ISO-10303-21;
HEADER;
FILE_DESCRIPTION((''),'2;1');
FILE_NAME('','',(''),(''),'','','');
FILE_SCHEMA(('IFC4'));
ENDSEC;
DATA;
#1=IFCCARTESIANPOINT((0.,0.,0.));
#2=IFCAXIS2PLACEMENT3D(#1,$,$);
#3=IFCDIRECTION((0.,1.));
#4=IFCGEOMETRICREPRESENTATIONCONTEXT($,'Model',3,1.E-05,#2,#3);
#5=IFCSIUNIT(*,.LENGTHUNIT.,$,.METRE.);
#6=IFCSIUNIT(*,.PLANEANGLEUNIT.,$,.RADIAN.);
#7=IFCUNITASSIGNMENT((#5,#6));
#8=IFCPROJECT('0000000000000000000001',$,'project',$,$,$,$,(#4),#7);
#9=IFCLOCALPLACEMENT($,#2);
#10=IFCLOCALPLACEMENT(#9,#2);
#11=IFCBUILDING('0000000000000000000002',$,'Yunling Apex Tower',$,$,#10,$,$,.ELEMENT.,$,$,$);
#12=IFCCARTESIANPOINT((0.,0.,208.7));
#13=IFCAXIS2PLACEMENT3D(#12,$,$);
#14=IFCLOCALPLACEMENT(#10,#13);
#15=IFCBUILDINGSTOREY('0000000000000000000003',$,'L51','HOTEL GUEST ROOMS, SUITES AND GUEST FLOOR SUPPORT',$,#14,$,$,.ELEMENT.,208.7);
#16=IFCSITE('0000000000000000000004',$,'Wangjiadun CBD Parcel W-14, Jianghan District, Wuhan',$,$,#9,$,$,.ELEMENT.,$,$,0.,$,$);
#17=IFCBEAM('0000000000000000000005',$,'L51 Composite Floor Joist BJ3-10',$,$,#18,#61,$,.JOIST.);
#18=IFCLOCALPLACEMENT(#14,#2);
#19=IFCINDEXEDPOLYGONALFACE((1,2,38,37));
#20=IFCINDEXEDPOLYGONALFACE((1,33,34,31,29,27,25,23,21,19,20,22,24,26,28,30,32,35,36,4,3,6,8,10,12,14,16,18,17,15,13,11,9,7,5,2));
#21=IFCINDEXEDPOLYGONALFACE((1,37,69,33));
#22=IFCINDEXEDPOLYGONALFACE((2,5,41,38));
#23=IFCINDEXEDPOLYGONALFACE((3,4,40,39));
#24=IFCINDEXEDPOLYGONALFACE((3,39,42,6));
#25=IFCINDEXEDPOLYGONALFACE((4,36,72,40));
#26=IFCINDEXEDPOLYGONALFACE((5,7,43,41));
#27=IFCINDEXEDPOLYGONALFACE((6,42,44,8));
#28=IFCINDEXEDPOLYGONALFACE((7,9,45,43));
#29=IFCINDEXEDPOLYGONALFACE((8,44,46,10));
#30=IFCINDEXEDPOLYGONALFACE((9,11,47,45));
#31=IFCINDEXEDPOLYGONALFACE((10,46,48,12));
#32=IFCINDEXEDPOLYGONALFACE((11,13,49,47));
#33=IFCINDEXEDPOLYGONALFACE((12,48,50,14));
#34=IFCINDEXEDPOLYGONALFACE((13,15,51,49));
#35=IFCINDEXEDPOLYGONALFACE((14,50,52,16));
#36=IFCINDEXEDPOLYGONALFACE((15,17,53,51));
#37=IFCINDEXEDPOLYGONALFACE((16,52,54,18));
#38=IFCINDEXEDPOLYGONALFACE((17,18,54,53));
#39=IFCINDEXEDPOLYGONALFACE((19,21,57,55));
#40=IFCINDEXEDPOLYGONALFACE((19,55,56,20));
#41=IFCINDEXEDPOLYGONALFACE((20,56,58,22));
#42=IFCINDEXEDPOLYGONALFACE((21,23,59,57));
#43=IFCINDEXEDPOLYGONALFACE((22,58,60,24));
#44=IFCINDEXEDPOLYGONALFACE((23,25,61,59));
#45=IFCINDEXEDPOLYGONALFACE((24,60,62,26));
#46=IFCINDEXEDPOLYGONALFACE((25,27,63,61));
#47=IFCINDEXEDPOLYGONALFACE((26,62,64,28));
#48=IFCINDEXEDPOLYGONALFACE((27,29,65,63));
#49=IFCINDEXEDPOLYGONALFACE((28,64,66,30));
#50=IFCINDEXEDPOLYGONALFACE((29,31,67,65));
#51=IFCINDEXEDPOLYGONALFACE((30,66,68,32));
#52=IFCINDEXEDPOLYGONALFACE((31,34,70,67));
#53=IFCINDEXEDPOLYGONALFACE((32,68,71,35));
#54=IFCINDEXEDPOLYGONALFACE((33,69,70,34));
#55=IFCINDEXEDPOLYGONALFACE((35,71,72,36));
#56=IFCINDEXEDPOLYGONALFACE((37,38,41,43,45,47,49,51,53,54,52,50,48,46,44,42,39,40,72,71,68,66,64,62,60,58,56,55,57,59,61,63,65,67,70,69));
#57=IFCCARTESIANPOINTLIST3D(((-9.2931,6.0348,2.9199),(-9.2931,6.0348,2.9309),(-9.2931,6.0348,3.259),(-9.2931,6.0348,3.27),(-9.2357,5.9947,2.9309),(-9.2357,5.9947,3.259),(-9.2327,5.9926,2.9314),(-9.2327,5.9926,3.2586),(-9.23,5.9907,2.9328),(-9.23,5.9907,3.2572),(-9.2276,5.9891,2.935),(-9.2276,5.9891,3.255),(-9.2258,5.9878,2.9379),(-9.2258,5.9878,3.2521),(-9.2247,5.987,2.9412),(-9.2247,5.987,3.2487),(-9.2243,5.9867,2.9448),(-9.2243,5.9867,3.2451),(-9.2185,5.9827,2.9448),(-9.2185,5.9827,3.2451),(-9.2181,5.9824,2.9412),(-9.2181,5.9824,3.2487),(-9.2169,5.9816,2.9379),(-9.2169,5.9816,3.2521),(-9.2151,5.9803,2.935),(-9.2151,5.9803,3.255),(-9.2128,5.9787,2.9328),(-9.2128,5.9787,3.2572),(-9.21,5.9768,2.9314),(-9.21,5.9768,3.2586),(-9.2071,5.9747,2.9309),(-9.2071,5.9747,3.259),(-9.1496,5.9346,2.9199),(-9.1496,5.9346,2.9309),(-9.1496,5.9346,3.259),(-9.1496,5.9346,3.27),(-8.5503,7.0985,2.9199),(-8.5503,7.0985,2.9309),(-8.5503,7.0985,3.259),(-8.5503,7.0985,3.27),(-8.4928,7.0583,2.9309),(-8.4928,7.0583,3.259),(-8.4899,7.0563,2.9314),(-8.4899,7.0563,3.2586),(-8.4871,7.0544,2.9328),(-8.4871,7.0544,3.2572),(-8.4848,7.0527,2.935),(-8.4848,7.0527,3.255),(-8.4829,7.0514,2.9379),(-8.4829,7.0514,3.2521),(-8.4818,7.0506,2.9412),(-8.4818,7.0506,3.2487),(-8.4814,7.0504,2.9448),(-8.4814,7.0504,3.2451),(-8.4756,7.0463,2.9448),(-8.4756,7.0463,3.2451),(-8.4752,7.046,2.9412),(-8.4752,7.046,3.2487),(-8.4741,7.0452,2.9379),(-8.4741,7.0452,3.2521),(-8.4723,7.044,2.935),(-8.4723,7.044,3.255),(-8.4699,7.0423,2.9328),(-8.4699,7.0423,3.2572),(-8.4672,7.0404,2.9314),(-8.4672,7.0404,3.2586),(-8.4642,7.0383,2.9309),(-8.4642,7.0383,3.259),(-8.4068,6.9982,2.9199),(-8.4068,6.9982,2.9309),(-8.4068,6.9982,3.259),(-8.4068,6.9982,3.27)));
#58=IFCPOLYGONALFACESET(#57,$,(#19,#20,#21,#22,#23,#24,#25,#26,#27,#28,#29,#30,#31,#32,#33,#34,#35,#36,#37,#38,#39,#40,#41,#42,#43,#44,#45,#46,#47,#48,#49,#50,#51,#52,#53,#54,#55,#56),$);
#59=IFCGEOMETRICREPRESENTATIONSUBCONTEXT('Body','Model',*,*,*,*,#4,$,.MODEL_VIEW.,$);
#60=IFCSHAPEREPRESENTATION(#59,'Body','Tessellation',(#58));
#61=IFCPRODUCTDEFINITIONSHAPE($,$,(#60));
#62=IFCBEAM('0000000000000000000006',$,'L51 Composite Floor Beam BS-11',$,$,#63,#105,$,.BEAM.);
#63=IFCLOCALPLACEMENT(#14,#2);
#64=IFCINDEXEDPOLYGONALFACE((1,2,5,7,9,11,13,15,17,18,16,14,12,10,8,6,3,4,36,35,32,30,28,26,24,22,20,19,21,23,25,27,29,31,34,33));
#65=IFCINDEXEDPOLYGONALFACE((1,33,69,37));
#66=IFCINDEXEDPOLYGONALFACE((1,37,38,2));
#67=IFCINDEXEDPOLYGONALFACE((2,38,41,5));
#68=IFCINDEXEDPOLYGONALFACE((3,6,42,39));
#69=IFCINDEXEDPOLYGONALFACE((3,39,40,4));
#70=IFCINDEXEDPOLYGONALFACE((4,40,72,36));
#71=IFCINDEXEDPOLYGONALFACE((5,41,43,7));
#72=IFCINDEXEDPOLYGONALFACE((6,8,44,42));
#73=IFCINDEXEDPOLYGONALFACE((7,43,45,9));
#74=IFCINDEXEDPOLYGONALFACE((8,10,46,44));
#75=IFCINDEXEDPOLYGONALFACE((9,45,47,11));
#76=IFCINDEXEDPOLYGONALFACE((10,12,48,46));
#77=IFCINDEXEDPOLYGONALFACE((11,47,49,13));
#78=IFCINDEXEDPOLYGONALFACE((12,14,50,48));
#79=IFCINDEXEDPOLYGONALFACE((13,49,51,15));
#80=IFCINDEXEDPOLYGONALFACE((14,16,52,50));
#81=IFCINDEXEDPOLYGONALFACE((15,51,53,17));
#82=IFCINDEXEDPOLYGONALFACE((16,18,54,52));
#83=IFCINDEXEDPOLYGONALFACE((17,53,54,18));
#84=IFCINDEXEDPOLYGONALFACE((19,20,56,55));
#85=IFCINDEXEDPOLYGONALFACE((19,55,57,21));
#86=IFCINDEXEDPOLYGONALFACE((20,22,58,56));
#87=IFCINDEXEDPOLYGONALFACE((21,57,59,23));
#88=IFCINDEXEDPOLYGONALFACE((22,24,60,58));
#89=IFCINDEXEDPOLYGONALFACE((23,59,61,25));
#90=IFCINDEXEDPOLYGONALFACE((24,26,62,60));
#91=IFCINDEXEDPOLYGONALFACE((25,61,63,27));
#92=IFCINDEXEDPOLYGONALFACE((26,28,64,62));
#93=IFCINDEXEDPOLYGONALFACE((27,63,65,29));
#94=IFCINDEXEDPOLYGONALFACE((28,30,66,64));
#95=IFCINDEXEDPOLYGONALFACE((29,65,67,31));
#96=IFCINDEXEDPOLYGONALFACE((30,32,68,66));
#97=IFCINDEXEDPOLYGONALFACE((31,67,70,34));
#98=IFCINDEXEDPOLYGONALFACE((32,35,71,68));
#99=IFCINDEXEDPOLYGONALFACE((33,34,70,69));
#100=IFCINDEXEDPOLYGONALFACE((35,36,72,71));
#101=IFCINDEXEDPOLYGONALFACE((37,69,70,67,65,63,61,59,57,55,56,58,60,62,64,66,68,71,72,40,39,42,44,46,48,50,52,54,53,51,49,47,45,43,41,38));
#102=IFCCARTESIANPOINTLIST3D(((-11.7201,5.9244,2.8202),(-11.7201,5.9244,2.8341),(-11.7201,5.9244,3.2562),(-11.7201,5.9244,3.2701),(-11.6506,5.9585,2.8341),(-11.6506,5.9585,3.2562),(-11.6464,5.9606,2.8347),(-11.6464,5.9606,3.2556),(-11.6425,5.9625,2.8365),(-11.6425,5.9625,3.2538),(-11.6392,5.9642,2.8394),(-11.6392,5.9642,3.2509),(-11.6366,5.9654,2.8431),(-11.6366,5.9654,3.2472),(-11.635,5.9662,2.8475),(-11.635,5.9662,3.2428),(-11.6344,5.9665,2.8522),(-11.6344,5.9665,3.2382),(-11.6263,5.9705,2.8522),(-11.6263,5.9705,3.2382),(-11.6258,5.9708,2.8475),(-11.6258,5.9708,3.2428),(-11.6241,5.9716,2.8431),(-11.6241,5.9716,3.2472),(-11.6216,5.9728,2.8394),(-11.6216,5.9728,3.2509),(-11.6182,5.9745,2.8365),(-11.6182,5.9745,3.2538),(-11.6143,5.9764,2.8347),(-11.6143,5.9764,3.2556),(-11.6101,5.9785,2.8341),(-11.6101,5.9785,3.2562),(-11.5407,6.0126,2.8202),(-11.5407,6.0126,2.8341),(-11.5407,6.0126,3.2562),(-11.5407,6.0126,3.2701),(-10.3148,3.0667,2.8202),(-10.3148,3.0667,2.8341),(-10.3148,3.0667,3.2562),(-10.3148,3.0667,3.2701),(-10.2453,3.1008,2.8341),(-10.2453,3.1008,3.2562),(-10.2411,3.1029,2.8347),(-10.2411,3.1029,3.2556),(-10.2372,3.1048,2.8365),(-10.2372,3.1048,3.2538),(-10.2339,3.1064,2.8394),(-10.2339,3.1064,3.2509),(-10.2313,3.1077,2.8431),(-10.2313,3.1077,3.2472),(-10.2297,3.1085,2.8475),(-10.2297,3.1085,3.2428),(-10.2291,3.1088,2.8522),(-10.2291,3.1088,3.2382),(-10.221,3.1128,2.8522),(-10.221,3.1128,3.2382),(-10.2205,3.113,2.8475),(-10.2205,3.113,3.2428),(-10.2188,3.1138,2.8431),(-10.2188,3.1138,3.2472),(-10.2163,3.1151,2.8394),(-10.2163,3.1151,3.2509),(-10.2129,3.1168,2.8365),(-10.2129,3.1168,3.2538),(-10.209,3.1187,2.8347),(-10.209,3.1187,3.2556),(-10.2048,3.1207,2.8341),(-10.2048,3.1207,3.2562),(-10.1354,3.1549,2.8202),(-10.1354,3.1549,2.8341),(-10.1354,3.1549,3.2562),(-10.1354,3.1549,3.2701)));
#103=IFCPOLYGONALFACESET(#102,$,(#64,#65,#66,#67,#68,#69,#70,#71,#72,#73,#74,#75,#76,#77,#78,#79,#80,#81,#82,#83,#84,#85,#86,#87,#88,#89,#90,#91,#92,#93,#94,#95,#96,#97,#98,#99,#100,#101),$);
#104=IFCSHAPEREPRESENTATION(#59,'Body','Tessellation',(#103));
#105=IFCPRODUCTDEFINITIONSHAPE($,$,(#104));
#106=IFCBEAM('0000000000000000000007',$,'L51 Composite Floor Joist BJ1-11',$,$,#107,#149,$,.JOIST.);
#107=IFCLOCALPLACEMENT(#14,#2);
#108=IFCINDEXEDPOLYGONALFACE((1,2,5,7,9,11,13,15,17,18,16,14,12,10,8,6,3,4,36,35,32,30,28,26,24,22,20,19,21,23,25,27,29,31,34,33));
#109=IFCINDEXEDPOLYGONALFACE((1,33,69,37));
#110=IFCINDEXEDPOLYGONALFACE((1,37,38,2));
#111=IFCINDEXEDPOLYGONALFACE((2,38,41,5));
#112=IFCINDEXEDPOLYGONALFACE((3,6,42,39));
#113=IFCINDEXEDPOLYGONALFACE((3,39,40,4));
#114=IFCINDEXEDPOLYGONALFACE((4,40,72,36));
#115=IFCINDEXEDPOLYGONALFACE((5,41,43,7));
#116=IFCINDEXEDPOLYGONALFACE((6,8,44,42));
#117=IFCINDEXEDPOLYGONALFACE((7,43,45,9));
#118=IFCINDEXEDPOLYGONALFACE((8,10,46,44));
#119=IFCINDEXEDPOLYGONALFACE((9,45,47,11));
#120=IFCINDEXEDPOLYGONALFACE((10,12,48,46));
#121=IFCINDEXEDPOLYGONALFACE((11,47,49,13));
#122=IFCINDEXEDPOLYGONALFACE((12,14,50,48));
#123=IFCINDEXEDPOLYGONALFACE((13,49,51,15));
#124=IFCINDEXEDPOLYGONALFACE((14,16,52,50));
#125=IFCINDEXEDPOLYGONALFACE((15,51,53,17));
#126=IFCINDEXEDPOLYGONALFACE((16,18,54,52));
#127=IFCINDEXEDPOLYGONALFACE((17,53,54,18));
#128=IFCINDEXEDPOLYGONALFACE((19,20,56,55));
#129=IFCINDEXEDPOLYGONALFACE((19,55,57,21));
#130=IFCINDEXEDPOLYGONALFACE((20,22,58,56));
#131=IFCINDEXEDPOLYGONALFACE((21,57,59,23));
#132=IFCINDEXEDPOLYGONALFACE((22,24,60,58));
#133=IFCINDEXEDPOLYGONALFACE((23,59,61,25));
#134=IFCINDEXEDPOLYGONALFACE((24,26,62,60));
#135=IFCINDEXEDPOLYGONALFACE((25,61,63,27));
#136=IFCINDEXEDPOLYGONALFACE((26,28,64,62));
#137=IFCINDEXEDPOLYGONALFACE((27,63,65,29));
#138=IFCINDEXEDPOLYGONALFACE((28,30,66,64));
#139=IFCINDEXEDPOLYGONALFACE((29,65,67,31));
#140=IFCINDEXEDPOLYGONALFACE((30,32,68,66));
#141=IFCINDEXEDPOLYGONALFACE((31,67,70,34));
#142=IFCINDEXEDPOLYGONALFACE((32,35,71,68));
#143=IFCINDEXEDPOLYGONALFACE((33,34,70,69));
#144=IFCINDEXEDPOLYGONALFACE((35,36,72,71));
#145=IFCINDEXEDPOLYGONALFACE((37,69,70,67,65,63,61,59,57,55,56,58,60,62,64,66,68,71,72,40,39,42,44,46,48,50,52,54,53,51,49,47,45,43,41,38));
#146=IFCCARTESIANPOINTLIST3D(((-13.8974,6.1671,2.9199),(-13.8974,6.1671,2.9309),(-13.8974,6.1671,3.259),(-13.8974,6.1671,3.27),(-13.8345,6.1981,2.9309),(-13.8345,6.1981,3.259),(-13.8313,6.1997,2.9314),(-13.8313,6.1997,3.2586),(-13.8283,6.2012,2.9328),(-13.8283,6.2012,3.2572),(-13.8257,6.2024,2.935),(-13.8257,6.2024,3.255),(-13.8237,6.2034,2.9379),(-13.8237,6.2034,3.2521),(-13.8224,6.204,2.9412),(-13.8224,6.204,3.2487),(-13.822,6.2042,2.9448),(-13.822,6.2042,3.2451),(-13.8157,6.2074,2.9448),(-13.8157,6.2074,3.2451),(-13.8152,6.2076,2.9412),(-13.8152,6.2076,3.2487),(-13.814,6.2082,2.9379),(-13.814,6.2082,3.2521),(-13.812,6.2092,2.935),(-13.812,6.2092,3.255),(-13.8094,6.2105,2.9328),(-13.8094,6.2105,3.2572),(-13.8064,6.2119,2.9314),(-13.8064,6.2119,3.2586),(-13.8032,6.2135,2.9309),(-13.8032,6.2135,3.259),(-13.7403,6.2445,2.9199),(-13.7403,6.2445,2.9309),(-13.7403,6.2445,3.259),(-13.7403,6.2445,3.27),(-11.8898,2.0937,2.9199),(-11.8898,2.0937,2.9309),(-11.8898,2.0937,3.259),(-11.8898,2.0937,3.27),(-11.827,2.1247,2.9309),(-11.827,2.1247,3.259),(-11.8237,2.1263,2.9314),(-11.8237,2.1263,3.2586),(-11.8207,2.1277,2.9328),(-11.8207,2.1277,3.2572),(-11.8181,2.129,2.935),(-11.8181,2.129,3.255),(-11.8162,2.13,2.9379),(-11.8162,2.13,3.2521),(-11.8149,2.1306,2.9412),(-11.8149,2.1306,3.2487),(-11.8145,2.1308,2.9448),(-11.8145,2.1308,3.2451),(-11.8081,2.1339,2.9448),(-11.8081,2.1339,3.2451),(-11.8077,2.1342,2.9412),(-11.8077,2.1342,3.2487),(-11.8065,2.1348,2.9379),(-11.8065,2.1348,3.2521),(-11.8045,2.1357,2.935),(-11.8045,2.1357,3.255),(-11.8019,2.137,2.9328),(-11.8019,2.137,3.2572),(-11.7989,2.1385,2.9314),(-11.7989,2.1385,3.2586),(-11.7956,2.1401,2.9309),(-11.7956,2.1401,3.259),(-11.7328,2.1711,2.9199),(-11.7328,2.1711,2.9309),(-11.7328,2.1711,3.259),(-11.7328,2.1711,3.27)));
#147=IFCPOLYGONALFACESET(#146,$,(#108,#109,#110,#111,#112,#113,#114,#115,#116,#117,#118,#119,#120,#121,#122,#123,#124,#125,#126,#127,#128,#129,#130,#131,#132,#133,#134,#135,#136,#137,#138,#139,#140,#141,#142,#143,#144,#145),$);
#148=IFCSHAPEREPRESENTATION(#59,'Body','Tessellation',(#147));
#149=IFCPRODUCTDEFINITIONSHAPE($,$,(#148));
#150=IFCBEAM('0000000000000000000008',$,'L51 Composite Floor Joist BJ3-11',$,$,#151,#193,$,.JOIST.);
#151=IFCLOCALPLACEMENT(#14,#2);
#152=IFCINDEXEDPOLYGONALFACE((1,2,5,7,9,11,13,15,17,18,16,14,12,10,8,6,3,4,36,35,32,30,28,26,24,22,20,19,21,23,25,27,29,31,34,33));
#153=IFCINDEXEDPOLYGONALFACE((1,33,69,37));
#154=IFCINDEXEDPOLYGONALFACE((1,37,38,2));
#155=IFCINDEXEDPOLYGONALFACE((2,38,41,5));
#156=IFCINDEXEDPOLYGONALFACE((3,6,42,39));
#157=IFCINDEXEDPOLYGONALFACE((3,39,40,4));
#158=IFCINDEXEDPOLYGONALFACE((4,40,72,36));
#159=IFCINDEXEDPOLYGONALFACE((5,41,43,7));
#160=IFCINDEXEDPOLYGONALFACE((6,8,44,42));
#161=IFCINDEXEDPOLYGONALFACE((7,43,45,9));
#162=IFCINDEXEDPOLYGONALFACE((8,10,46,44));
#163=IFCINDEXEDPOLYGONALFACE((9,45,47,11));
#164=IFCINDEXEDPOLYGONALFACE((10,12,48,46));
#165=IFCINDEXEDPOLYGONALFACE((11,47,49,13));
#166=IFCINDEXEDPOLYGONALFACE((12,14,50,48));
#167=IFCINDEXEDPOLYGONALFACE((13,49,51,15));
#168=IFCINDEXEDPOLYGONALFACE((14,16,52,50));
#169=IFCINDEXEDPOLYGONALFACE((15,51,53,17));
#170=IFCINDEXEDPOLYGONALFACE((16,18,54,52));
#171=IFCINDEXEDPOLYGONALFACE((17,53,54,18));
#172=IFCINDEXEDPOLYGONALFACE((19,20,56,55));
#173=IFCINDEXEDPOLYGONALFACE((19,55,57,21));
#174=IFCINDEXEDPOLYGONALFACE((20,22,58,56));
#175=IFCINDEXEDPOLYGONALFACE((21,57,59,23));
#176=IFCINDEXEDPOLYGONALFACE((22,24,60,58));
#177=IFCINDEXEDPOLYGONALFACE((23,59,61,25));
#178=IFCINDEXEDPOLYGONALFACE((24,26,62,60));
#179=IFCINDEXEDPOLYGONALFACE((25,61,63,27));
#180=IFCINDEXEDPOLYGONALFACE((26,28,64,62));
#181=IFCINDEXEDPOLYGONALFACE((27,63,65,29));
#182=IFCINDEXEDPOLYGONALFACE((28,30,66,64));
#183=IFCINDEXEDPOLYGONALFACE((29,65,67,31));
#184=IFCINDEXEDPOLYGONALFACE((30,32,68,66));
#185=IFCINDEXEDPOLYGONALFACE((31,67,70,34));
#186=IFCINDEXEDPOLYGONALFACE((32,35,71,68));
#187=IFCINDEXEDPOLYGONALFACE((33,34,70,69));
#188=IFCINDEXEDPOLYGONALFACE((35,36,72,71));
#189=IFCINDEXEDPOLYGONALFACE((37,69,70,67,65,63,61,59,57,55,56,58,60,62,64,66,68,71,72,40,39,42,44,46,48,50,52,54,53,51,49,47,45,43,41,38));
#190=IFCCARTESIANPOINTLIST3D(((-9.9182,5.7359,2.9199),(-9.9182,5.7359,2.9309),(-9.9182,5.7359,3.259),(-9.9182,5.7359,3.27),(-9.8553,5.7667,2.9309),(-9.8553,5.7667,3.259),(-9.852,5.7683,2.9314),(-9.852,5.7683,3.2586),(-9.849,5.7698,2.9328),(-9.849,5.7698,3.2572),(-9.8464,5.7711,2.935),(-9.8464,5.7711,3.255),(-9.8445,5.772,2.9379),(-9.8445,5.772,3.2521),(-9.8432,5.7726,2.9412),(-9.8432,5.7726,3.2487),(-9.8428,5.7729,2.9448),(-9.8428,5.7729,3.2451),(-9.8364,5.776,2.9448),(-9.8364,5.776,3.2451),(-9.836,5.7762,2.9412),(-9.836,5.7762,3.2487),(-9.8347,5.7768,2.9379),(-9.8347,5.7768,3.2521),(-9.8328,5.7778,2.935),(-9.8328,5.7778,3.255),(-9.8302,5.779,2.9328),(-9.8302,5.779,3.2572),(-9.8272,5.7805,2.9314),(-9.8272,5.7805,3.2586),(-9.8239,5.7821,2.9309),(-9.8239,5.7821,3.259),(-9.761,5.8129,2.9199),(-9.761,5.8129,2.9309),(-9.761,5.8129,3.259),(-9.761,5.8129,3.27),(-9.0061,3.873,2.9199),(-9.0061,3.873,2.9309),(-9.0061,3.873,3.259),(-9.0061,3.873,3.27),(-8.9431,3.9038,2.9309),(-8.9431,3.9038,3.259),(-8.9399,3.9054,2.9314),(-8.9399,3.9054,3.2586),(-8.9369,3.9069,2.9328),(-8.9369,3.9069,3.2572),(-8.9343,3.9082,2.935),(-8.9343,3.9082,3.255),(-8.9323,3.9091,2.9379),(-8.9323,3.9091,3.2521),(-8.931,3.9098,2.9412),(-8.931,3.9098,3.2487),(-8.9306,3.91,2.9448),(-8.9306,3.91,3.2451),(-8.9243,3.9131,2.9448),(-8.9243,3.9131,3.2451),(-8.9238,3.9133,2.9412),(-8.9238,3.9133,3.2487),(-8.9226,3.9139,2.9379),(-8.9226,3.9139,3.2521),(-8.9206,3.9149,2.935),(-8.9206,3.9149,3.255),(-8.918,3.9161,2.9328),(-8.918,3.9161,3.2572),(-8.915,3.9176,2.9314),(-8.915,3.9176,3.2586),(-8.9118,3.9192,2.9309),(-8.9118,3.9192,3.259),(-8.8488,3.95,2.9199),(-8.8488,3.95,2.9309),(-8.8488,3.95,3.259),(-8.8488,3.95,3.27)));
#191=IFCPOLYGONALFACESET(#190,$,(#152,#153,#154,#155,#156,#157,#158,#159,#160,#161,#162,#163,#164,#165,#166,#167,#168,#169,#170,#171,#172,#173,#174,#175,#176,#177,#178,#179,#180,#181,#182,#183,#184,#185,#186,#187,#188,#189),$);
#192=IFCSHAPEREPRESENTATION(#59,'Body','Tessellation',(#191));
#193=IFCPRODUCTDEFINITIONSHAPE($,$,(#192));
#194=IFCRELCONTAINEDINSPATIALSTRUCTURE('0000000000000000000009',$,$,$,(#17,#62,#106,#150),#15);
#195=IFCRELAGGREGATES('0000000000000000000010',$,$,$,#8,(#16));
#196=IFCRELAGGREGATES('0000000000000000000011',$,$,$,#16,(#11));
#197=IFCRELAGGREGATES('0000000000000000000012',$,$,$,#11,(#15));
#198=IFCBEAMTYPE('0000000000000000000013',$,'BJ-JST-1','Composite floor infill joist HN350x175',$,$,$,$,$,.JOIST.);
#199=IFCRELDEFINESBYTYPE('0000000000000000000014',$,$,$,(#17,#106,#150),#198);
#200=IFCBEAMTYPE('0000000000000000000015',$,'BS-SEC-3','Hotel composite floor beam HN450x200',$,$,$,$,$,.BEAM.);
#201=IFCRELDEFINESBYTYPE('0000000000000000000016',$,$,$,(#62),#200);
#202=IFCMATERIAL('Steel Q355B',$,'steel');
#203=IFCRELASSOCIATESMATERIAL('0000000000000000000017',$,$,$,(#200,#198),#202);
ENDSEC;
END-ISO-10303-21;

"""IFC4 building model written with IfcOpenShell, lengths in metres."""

from ifc_helpers import new_model, si_unit, direction, frame, origin, origin_2d, place, context, subcontext, project, spatial, i_section, extrude, source, transform, mapped, material, material_profile, profile_set, type_object, element, save


model = new_model("IFC4")

# Units and contexts
model_context = context("Model", 3, precision=1e-05, world=origin(), true_north=direction((0.0, 1.0)))
body_context = subcontext(model_context, "Body", "Model", "MODEL_VIEW")
ifc_project = project(units=[si_unit("LENGTHUNIT", "METRE"), si_unit("PLANEANGLEUNIT", "RADIAN")], contexts=[model_context])

# Site, building, storey
site_placement = place(None, origin())
site = spatial("IfcSite", under=ifc_project, at=site_placement, Name="Wangjiadun CBD Parcel W-14, Jianghan District, Wuhan", CompositionType="ELEMENT", RefElevation=0.0)
building_placement = place(site_placement, origin())
building = spatial("IfcBuilding", under=site, at=building_placement, Name="Yunling Apex Tower", CompositionType="ELEMENT")
storey_placement = place(building_placement, frame((0.0, 0.0, 208.7)))
storey = spatial("IfcBuildingStorey", under=building, at=storey_placement, Name="L51", Description="HOTEL GUEST ROOMS, SUITES AND GUEST FLOOR SUPPORT", CompositionType="ELEMENT", Elevation=208.7)

# Beams
ifc_material_1 = material(Name="Steel Q355B", Category="steel")
ifc_material_profile_1 = material_profile(ifc_material_1, i_section(OverallWidth=0.2, OverallDepth=0.45, WebThickness=0.009, FlangeThickness=0.0139, FilletRadius=0.0181, at=origin_2d()))
ifc_profile_set_1 = profile_set([ifc_material_profile_1], Name="Steel Q355B")
beam_type_1 = type_object("IfcBeamType", Name="BS-SEC-3", Description="Hotel composite floor beam HN450x200", PredefinedType="BEAM", material=ifc_profile_set_1)
ifc_material_profile_2 = material_profile(ifc_material_1, i_section(OverallWidth=0.175, OverallDepth=0.3501, WebThickness=0.0071, FlangeThickness=0.011, FilletRadius=0.0139, at=origin_2d()))
ifc_profile_set_2 = profile_set([ifc_material_profile_2], Name="Steel Q355B")
beam_type_2 = type_object("IfcBeamType", Name="BJ-JST-1", Description="Composite floor infill joist HN350x175", PredefinedType="JOIST", material=ifc_profile_set_2)
shared_shape_1 = source(origin(), body_context, "Body", "SweptSolid", [
    extrude(i_section(OverallWidth=0.175, OverallDepth=0.3501, WebThickness=0.0071, FlangeThickness=0.011, FilletRadius=0.0139, at=origin_2d()), origin(), (0.0, 0.0, 1.0), 1.2974),
])
beam_1_placement = place(storey_placement, frame((-8.4785, 7.0483, 3.095), z_axis=(-0.572591, -0.819841, 0.0), x_axis=(0.819841, -0.572591, 0.0)))
element("IfcBeam", 1, at=beam_1_placement, inside=storey, type_object=beam_type_2, Name="L51 Composite Floor Joist BJ3-10", PredefinedType="JOIST", context=body_context, shape_type="MappedRepresentation", body=[
    mapped(shared_shape_1, transform((0.0, 0.0, 0.0), scale=1.0)),
])
shared_shape_2 = source(origin(), body_context, "Body", "SweptSolid", [
    extrude(i_section(OverallWidth=0.2, OverallDepth=0.45, WebThickness=0.009, FlangeThickness=0.0139, FilletRadius=0.0181, at=origin_2d()), origin(), (0.0, 0.0, 1.0), 3.1846),
])
beam_2_placement = place(storey_placement, frame((-11.6304, 5.9685, 3.0452), z_axis=(0.441285, -0.897367, 0.0), x_axis=(0.897367, 0.441285, 0.0)))
element("IfcBeam", 2, at=beam_2_placement, inside=storey, type_object=beam_type_1, Name="L51 Composite Floor Beam BS-11", PredefinedType="BEAM", context=body_context, shape_type="MappedRepresentation", body=[
    mapped(shared_shape_2, transform((0.0, 0.0, 0.0), scale=1.0)),
])
shared_shape_3 = source(origin(), body_context, "Body", "SweptSolid", [
    extrude(i_section(OverallWidth=0.175, OverallDepth=0.3501, WebThickness=0.0071, FlangeThickness=0.011, FilletRadius=0.0139, at=origin_2d()), origin(), (0.0, 0.0, 1.0), 4.5413),
])
beam_3_placement = place(storey_placement, frame((-13.8188, 6.2058, 3.095), z_axis=(0.442067, -0.896982, 0.0), x_axis=(0.896982, 0.442067, 0.0)))
element("IfcBeam", 3, at=beam_3_placement, inside=storey, type_object=beam_type_2, Name="L51 Composite Floor Joist BJ1-11", PredefinedType="JOIST", context=body_context, shape_type="MappedRepresentation", body=[
    mapped(shared_shape_3, transform((0.0, 0.0, 0.0), scale=1.0)),
])
shared_shape_4 = source(origin(), body_context, "Body", "SweptSolid", [
    extrude(i_section(OverallWidth=0.175, OverallDepth=0.3501, WebThickness=0.0071, FlangeThickness=0.011, FilletRadius=0.0139, at=origin_2d()), origin(), (0.0, 0.0, 1.0), 2.0742),
])
beam_4_placement = place(storey_placement, frame((-9.8396, 5.7744, 3.095), z_axis=(0.439759, -0.898116, 0.0), x_axis=(0.898116, 0.439759, 0.0)))
element("IfcBeam", 4, at=beam_4_placement, inside=storey, type_object=beam_type_2, Name="L51 Composite Floor Joist BJ3-11", PredefinedType="JOIST", context=body_context, shape_type="MappedRepresentation", body=[
    mapped(shared_shape_4, transform((0.0, 0.0, 0.0), scale=1.0)),
])

save(model, "model.ifc")
